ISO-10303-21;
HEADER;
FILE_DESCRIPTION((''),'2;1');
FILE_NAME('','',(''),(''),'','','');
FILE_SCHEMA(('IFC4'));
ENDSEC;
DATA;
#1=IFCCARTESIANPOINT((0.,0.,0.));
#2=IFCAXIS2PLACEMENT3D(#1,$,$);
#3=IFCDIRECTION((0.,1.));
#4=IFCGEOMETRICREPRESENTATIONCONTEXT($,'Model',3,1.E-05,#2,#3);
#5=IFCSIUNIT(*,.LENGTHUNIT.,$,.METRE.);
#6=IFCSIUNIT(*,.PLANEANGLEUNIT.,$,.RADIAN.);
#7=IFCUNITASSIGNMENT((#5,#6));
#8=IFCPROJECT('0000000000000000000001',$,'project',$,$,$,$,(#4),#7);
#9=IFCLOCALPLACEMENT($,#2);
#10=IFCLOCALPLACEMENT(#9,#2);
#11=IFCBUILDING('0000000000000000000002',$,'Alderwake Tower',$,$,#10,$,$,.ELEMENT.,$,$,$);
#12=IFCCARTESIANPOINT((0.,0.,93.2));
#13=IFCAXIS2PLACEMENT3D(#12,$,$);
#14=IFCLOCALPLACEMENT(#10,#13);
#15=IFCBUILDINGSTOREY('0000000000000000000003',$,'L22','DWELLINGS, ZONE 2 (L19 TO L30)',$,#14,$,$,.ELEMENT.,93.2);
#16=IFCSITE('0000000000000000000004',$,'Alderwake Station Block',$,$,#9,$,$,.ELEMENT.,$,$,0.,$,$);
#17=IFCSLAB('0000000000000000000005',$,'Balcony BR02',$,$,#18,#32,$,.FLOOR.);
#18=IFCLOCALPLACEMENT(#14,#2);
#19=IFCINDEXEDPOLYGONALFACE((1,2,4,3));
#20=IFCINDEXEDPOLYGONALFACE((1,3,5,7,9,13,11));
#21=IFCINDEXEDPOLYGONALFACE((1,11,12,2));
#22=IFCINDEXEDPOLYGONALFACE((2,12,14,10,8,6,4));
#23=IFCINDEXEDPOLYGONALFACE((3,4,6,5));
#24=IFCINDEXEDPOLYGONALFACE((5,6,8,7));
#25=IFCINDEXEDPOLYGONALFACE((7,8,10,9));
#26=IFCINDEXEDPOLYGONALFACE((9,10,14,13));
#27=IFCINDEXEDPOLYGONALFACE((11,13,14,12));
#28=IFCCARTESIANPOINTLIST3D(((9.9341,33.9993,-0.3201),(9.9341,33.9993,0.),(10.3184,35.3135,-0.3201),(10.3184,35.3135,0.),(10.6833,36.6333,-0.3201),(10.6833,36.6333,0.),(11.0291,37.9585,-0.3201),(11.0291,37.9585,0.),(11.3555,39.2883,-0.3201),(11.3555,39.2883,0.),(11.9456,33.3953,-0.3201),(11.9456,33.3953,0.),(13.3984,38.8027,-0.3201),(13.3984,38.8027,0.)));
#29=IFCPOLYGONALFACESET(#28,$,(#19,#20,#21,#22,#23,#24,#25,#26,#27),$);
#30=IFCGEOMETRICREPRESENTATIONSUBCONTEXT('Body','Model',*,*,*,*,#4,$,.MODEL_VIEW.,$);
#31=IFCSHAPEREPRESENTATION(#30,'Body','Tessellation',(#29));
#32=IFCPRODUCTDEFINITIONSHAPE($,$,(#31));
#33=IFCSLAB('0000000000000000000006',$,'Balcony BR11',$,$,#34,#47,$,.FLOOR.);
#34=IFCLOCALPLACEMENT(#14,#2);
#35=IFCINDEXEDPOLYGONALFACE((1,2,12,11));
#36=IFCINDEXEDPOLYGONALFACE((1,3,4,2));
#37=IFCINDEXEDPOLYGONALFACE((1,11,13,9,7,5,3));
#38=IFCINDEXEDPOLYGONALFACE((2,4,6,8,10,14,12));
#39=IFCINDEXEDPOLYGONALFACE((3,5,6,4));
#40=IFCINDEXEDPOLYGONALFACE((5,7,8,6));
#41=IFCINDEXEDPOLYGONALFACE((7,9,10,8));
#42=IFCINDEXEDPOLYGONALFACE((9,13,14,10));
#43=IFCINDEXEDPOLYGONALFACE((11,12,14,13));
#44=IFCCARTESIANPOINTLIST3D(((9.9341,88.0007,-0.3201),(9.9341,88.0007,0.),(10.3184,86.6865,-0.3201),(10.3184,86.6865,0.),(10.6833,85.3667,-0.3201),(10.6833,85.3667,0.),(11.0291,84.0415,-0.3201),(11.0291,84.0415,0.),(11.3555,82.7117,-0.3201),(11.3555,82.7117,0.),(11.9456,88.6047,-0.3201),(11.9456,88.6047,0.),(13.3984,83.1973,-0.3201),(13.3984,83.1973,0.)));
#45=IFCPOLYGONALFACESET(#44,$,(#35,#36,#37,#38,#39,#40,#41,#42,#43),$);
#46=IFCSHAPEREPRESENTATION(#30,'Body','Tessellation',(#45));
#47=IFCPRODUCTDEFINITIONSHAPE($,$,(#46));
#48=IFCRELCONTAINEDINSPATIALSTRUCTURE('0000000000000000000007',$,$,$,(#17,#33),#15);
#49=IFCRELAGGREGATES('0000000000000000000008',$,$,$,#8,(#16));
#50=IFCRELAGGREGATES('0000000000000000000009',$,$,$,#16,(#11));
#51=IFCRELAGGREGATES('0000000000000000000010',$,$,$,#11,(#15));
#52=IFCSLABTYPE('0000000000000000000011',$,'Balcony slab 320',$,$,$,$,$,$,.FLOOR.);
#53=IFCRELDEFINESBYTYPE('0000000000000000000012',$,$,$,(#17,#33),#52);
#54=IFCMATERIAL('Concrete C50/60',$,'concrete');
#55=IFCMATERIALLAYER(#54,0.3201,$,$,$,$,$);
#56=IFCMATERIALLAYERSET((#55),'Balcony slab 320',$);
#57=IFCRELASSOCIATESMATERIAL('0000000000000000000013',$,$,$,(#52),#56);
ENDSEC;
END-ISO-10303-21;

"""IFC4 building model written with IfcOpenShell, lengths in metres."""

from ifc_helpers import new_model, si_unit, direction, frame, origin, place, context, subcontext, project, spatial, polyline, outline, extrude, material, layer, layer_set, type_object, element, save


model = new_model("IFC4")

# Units and contexts
model_context = context("Model", 3, precision=1e-05, world=origin(), true_north=direction((0.0, 1.0)))
body_context = subcontext(model_context, "Body", "Model", "MODEL_VIEW")
ifc_project = project(units=[si_unit("LENGTHUNIT", "METRE"), si_unit("PLANEANGLEUNIT", "RADIAN")], contexts=[model_context])

# Site, building, storey
site_placement = place(None, origin())
site = spatial("IfcSite", under=ifc_project, at=site_placement, Name="Alderwake Station Block", CompositionType="ELEMENT", RefElevation=0.0)
building_placement = place(site_placement, origin())
building = spatial("IfcBuilding", under=site, at=building_placement, Name="Alderwake Tower", CompositionType="ELEMENT")
storey_placement = place(building_placement, frame((0.0, 0.0, 93.2)))
storey = spatial("IfcBuildingStorey", under=building, at=storey_placement, Name="L22", Description="DWELLINGS, ZONE 2 (L19 TO L30)", CompositionType="ELEMENT", Elevation=93.2)

# Slabs
ifc_material_1 = material(Name="Concrete C50/60", Category="concrete")
ifc_layer_1 = layer(ifc_material_1, 0.3201)
ifc_layer_set_1 = layer_set([ifc_layer_1], Name="Balcony slab 320")
slab_type_1 = type_object("IfcSlabType", Name="Balcony slab 320", PredefinedType="FLOOR", material=ifc_layer_set_1)
slab_1_placement = place(storey_placement, frame((0.0, 0.0, -0.3201)))
element("IfcSlab", 1, at=slab_1_placement, inside=storey, type_object=slab_type_1, Name="Balcony BR02", PredefinedType="FLOOR", context=body_context, shape_type="SweptSolid", body=[
    extrude(outline(polyline([(9.9341, 33.9993), (11.9456, 33.3953), (13.3984, 38.8027), (11.3555, 39.2883), (11.0291, 37.9585), (10.6833, 36.6333), (10.3184, 35.3135), (9.9341, 33.9993)])), origin(), (0.0, 0.0, 1.0), 0.3201),
])
slab_2_placement = place(storey_placement, frame((0.0, 0.0, -0.3201)))
element("IfcSlab", 2, at=slab_2_placement, inside=storey, type_object=slab_type_1, Name="Balcony BR11", PredefinedType="FLOOR", context=body_context, shape_type="SweptSolid", body=[
    extrude(outline(polyline([(11.3555, 82.7117), (13.3984, 83.1973), (11.9456, 88.6047), (9.9341, 88.0007), (10.3184, 86.6865), (10.6833, 85.3667), (11.0291, 84.0415), (11.3555, 82.7117)])), origin(), (0.0, 0.0, 1.0), 0.3201),
])

save(model, "model.ifc")
